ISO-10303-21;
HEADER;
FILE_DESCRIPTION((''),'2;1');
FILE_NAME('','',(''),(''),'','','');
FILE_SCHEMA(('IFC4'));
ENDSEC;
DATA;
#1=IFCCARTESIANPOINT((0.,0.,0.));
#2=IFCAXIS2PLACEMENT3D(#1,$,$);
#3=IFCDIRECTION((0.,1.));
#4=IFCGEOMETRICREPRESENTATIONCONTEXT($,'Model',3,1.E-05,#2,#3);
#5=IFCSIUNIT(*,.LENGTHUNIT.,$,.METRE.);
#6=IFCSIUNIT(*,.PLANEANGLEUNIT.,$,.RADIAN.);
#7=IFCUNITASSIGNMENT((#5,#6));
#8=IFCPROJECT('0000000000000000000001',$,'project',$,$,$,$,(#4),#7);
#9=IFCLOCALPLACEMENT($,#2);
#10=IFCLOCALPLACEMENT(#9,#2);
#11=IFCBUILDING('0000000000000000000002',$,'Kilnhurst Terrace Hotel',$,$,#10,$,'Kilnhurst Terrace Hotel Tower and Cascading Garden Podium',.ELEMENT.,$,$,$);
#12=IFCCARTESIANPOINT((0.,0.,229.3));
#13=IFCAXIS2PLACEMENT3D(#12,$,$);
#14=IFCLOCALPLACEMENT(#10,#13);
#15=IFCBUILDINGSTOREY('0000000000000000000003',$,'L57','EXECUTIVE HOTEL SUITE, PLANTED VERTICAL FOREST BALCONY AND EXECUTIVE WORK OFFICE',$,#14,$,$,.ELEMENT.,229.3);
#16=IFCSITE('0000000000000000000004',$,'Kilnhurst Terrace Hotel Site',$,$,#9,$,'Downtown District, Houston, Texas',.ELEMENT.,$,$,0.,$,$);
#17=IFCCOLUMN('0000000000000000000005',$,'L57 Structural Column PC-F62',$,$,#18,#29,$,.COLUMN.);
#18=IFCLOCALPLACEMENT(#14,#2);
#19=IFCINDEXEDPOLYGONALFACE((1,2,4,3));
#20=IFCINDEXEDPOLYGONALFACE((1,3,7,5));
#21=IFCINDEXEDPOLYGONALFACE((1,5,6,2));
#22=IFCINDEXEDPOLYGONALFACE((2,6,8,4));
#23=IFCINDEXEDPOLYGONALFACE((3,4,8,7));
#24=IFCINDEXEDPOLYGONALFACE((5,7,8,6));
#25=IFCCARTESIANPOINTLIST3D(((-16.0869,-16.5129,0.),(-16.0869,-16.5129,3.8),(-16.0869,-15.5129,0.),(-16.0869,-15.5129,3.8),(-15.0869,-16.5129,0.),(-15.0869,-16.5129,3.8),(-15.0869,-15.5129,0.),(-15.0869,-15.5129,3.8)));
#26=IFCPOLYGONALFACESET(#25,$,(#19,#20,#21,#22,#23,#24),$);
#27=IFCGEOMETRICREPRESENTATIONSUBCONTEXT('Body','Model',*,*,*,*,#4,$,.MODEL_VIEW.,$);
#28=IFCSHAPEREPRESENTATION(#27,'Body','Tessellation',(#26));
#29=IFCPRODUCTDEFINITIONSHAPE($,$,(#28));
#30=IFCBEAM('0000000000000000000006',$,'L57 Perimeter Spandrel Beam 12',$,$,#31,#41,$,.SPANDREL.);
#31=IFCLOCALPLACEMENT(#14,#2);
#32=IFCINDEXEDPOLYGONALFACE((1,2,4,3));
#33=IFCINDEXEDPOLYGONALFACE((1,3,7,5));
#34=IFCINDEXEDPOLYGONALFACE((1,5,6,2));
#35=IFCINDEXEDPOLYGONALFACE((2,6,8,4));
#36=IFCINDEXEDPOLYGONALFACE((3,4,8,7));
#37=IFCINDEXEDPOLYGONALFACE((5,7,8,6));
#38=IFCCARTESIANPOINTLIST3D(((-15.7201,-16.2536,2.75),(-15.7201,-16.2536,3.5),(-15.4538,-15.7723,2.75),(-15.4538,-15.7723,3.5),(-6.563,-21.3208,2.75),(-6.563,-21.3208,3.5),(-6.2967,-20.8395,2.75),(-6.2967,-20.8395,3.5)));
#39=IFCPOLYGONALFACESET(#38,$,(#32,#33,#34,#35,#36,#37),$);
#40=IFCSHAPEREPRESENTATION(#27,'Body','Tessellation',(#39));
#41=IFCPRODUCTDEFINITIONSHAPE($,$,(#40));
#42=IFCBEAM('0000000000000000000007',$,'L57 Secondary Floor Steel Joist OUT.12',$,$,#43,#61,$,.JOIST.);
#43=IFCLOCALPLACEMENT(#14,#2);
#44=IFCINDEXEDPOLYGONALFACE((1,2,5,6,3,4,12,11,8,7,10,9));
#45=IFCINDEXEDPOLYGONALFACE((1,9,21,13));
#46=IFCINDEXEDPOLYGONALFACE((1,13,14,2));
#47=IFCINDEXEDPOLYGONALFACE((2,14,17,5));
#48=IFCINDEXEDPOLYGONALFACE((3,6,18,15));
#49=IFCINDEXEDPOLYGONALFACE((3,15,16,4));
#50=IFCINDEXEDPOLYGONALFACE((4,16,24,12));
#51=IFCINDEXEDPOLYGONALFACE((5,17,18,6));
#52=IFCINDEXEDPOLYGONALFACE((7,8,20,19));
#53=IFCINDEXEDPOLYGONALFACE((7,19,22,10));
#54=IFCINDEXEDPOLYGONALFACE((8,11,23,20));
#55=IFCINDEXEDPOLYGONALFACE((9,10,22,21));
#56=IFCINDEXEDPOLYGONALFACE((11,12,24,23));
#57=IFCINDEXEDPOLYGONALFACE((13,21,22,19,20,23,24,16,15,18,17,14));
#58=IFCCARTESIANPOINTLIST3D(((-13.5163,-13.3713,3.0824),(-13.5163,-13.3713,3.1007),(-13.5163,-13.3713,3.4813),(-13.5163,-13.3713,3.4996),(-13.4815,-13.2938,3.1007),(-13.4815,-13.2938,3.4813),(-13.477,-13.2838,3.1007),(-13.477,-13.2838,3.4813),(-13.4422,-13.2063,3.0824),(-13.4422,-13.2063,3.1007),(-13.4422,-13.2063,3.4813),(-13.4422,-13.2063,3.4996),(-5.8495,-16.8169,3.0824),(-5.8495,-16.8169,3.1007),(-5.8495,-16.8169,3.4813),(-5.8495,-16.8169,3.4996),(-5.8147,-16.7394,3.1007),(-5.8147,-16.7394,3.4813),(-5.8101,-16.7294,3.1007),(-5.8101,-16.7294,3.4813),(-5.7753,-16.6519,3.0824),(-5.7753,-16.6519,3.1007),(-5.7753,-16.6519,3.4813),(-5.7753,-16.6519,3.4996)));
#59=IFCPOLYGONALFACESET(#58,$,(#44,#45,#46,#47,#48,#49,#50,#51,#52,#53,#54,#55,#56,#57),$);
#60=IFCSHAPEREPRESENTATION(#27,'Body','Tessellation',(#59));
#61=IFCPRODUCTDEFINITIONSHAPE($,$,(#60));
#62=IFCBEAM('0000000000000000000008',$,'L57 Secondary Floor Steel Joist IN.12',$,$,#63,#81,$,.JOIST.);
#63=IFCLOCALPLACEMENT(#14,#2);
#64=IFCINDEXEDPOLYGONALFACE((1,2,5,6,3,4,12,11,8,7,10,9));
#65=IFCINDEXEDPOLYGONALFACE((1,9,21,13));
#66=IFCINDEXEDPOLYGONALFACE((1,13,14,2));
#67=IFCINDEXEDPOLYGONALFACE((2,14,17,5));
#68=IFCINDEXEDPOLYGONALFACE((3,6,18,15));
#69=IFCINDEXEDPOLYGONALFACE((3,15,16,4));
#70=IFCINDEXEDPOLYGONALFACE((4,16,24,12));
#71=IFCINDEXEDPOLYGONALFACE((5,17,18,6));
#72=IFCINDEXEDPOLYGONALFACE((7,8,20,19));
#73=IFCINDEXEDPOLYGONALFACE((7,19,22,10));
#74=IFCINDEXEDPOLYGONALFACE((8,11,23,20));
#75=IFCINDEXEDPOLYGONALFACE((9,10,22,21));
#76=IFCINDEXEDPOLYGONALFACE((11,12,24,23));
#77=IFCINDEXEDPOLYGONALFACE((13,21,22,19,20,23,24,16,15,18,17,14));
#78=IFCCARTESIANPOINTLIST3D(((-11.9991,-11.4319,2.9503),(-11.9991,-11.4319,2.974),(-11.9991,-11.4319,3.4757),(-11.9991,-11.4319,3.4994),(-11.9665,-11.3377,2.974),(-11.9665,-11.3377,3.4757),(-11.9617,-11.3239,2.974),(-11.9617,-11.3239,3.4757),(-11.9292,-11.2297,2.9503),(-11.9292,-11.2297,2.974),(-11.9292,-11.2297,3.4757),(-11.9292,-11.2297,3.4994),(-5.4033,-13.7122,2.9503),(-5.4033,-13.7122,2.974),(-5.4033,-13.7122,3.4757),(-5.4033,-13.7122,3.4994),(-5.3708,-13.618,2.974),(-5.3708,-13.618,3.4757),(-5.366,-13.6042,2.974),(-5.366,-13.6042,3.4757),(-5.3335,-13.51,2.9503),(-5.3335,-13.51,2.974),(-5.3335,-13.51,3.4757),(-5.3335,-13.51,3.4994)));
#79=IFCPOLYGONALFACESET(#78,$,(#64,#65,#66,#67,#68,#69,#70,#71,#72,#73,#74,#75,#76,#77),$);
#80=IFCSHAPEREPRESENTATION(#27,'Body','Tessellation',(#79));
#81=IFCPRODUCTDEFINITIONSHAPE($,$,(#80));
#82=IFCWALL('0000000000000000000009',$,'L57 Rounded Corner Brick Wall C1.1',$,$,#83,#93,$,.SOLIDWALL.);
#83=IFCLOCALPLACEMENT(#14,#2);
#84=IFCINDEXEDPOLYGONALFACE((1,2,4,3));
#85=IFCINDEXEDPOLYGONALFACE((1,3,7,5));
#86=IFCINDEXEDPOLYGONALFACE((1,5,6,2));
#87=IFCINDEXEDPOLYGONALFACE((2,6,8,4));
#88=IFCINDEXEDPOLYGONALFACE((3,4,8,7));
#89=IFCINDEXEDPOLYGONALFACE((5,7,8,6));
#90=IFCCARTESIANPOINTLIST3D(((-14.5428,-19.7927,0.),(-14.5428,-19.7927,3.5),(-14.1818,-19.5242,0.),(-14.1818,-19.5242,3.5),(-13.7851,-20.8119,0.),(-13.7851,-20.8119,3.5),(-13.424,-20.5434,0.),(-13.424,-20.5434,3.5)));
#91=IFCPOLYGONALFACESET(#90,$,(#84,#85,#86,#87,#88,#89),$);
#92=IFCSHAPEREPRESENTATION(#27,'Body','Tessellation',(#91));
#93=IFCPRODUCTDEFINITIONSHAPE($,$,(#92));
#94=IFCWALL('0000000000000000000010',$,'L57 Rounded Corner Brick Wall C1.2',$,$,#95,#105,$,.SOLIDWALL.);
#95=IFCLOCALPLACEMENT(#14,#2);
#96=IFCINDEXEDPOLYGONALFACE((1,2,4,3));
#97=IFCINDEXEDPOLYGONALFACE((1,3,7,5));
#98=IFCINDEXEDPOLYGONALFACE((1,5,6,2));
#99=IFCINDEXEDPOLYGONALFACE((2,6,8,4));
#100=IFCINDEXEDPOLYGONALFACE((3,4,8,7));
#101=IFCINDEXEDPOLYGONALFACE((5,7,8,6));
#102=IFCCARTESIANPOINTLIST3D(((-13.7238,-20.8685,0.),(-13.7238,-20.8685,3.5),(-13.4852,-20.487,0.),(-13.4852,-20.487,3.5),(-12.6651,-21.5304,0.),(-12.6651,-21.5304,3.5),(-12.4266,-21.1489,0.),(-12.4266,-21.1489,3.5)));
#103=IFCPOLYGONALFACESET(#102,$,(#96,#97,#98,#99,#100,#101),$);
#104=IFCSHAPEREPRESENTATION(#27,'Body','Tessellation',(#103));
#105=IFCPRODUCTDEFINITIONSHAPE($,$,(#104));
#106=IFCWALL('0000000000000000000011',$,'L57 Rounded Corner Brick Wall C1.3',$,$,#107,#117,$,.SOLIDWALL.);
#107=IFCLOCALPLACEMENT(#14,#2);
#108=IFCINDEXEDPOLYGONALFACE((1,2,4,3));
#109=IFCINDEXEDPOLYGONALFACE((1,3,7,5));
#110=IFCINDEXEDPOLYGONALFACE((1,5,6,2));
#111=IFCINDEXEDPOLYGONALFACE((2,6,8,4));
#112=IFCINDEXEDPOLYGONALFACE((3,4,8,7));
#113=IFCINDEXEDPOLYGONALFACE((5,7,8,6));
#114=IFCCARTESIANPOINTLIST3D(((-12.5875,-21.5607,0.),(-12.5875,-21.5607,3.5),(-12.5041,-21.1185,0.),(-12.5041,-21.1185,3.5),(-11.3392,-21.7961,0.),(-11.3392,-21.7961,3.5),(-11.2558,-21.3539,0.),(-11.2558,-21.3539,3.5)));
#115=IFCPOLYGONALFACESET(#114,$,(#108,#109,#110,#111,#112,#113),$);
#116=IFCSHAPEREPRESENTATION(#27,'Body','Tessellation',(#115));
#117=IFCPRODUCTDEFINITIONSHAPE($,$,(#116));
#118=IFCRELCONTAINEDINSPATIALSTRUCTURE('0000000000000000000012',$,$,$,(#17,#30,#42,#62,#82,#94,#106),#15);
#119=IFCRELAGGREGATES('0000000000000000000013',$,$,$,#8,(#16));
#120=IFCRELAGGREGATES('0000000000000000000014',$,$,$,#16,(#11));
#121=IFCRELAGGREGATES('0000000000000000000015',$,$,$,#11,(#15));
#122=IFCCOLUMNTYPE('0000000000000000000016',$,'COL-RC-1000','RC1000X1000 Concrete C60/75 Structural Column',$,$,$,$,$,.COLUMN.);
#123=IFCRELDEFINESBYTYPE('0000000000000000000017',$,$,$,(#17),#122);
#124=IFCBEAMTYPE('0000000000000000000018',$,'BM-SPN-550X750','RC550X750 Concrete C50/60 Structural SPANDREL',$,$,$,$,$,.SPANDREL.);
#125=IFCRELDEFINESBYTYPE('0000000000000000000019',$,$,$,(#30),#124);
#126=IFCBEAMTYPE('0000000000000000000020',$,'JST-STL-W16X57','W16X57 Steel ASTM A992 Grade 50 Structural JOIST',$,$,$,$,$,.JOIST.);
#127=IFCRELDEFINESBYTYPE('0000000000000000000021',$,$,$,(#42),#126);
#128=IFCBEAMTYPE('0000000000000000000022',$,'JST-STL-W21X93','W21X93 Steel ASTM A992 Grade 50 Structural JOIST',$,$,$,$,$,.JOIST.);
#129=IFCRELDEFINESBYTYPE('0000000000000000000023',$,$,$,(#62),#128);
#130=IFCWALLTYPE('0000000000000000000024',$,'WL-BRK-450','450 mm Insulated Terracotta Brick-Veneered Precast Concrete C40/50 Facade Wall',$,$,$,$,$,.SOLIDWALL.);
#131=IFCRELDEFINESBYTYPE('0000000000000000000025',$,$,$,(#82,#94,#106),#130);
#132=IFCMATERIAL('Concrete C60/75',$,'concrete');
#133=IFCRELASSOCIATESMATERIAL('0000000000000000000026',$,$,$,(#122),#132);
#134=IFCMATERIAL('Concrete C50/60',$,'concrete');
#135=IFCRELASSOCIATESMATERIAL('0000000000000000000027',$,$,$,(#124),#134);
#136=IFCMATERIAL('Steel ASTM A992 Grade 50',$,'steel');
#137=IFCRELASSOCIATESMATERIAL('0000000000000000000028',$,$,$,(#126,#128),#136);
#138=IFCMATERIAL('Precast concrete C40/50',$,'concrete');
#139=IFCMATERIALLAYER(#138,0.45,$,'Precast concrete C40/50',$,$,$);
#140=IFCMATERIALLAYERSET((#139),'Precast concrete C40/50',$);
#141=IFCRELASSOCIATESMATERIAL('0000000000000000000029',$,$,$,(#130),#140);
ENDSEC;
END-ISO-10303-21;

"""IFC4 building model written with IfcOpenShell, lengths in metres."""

from ifc_helpers import new_model, si_unit, direction, frame, frame_2d, origin, origin_2d, place, context, subcontext, project, spatial, rectangle, i_section, extrude, material, layer, layer_set, material_profile, profile_set, type_object, element, save


model = new_model("IFC4")

# Units and contexts
model_context = context("Model", 3, precision=1e-05, world=origin(), true_north=direction((0.0, 1.0)))
body_context = subcontext(model_context, "Body", "Model", "MODEL_VIEW")
ifc_project = project(units=[si_unit("LENGTHUNIT", "METRE"), si_unit("PLANEANGLEUNIT", "RADIAN")], contexts=[model_context])

# Site, building, storey
site_placement = place(None, origin())
site = spatial("IfcSite", under=ifc_project, at=site_placement, Name="Kilnhurst Terrace Hotel Site", LongName="Downtown District, Houston, Texas", CompositionType="ELEMENT", RefElevation=0.0)
building_placement = place(site_placement, origin())
building = spatial("IfcBuilding", under=site, at=building_placement, Name="Kilnhurst Terrace Hotel", LongName="Kilnhurst Terrace Hotel Tower and Cascading Garden Podium", CompositionType="ELEMENT")
storey_placement = place(building_placement, frame((0.0, 0.0, 229.3)))
storey = spatial("IfcBuildingStorey", under=building, at=storey_placement, Name="L57", Description="EXECUTIVE HOTEL SUITE, PLANTED VERTICAL FOREST BALCONY AND EXECUTIVE WORK OFFICE", CompositionType="ELEMENT", Elevation=229.3)

# Column
ifc_material_1 = material(Name="Concrete C60/75", Category="concrete")
ifc_material_profile_1 = material_profile(ifc_material_1, rectangle(XDim=1.0, YDim=1.0, at=origin_2d()), Name="RC1000X1000")
ifc_profile_set_1 = profile_set([ifc_material_profile_1], Name="Concrete C60/75")
column_type = type_object("IfcColumnType", Name="COL-RC-1000", Description="RC1000X1000 Concrete C60/75 Structural Column", PredefinedType="COLUMN", material=ifc_profile_set_1)
column_placement = place(storey_placement, frame((-15.5869, -16.0129, 0.0), z_axis=(0.0, 0.0, 1.0), x_axis=(1.0, 0.0, 0.0)))
element("IfcColumn", 1, at=column_placement, inside=storey, type_object=column_type, Name="L57 Structural Column PC-F62", PredefinedType="COLUMN", context=body_context, shape_type="SweptSolid", body=[
    extrude(rectangle(XDim=1.0, YDim=1.0, at=origin_2d()), origin(), (0.0, 0.0, 1.0), 3.8),
])

# Beams
ifc_material_2 = material(Name="Concrete C50/60", Category="concrete")
ifc_material_profile_2 = material_profile(ifc_material_2, rectangle(XDim=0.55, YDim=0.75, at=origin_2d()), Name="RC550X750")
ifc_profile_set_2 = profile_set([ifc_material_profile_2], Name="Concrete C50/60")
beam_type_1 = type_object("IfcBeamType", Name="BM-SPN-550X750", Description="RC550X750 Concrete C50/60 Structural SPANDREL", PredefinedType="SPANDREL", material=ifc_profile_set_2)
beam_1_placement = place(storey_placement, frame((-15.5869, -16.0129, 3.125), z_axis=(0.87497, -0.484177, 0.0), x_axis=(0.484177, 0.87497, 0.0)))
element("IfcBeam", 2, at=beam_1_placement, inside=storey, type_object=beam_type_1, Name="L57 Perimeter Spandrel Beam 12", PredefinedType="SPANDREL", context=body_context, shape_type="SweptSolid", body=[
    extrude(rectangle(XDim=0.55, YDim=0.75, at=origin_2d()), origin(), (0.0, 0.0, 1.0), 10.4656),
])
ifc_material_3 = material(Name="Steel ASTM A992 Grade 50", Category="steel")
ifc_material_profile_3 = material_profile(ifc_material_3, i_section(OverallWidth=0.1809, OverallDepth=0.4172, WebThickness=0.011, FlangeThickness=0.0183, at=origin_2d()), Name="W16X57")
ifc_profile_set_3 = profile_set([ifc_material_profile_3], Name="Steel ASTM A992 Grade 50")
beam_type_2 = type_object("IfcBeamType", Name="JST-STL-W16X57", Description="W16X57 Steel ASTM A992 Grade 50 Structural JOIST", PredefinedType="JOIST", material=ifc_profile_set_3)
beam_2_placement = place(storey_placement, frame((-13.4792, -13.2888, 3.291), z_axis=(0.912121, -0.409921, 0.0), x_axis=(0.409921, 0.912121, 0.0)))
element("IfcBeam", 3, at=beam_2_placement, inside=storey, type_object=beam_type_2, Name="L57 Secondary Floor Steel Joist OUT.12", PredefinedType="JOIST", context=body_context, shape_type="SweptSolid", body=[
    extrude(i_section(OverallWidth=0.1809, OverallDepth=0.4172, WebThickness=0.011, FlangeThickness=0.0183, at=origin_2d()), origin(), (0.0, 0.0, 1.0), 8.4055),
])
ifc_material_profile_4 = material_profile(ifc_material_3, i_section(OverallWidth=0.2139, OverallDepth=0.5491, WebThickness=0.0146, FlangeThickness=0.0237, at=origin_2d()), Name="W21X93")
ifc_profile_set_4 = profile_set([ifc_material_profile_4], Name="Steel ASTM A992 Grade 50")
beam_type_3 = type_object("IfcBeamType", Name="JST-STL-W21X93", Description="W21X93 Steel ASTM A992 Grade 50 Structural JOIST", PredefinedType="JOIST", material=ifc_profile_set_4)
beam_3_placement = place(storey_placement, frame((-11.9641, -11.3308, 3.2249), z_axis=(0.945112, -0.326745, 0.0), x_axis=(0.326745, 0.945112, 0.0)))
element("IfcBeam", 4, at=beam_3_placement, inside=storey, type_object=beam_type_3, Name="L57 Secondary Floor Steel Joist IN.12", PredefinedType="JOIST", context=body_context, shape_type="SweptSolid", body=[
    extrude(i_section(OverallWidth=0.2139, OverallDepth=0.5491, WebThickness=0.0146, FlangeThickness=0.0237, at=origin_2d()), origin(), (0.0, 0.0, 1.0), 6.9788),
])

# Walls
ifc_material_4 = material(Name="Precast concrete C40/50", Category="concrete")
ifc_layer_1 = layer(ifc_material_4, 0.45, Name="Precast concrete C40/50")
ifc_layer_set_1 = layer_set([ifc_layer_1], Name="Precast concrete C40/50")
wall_type_1 = type_object("IfcWallType", Name="WL-BRK-450", Description="450 mm Insulated Terracotta Brick-Veneered Precast Concrete C40/50 Facade Wall", PredefinedType="SOLIDWALL", material=ifc_layer_set_1)
wall_1_placement = place(storey_placement, frame((-14.3623, -19.6584, 0.0), z_axis=(0.0, 0.0, 1.0), x_axis=(0.596642, -0.802507, 0.0)))
element("IfcWall", 5, at=wall_1_placement, inside=storey, type_object=wall_type_1, Name="L57 Rounded Corner Brick Wall C1.1", PredefinedType="SOLIDWALL", context=body_context, shape_type="SweptSolid", body=[
    extrude(rectangle(XDim=1.27, YDim=0.45, at=frame_2d((0.635, 0.0))), origin(), (0.0, 0.0, 1.0), 3.5),
])
wall_2_placement = place(storey_placement, frame((-13.6045, -20.6777, 0.0), z_axis=(0.0, 0.0, 1.0), x_axis=(0.84791, -0.53014, 0.0)))
element("IfcWall", 6, at=wall_2_placement, inside=storey, type_object=wall_type_1, Name="L57 Rounded Corner Brick Wall C1.2", PredefinedType="SOLIDWALL", context=body_context, shape_type="SweptSolid", body=[
    extrude(rectangle(XDim=1.2485, YDim=0.45, at=frame_2d((0.6243, 0.0))), origin(), (0.0, 0.0, 1.0), 3.5),
])
wall_3_placement = place(storey_placement, frame((-12.5459, -21.3396, 0.0), z_axis=(0.0, 0.0, 1.0), x_axis=(0.982687, -0.185275, 0.0)))
element("IfcWall", 7, at=wall_3_placement, inside=storey, type_object=wall_type_1, Name="L57 Rounded Corner Brick Wall C1.3", PredefinedType="SOLIDWALL", context=body_context, shape_type="SweptSolid", body=[
    extrude(rectangle(XDim=1.2703, YDim=0.45, at=frame_2d((0.6353, 0.0))), origin(), (0.0, 0.0, 1.0), 3.5),
])

save(model, "model.ifc")
